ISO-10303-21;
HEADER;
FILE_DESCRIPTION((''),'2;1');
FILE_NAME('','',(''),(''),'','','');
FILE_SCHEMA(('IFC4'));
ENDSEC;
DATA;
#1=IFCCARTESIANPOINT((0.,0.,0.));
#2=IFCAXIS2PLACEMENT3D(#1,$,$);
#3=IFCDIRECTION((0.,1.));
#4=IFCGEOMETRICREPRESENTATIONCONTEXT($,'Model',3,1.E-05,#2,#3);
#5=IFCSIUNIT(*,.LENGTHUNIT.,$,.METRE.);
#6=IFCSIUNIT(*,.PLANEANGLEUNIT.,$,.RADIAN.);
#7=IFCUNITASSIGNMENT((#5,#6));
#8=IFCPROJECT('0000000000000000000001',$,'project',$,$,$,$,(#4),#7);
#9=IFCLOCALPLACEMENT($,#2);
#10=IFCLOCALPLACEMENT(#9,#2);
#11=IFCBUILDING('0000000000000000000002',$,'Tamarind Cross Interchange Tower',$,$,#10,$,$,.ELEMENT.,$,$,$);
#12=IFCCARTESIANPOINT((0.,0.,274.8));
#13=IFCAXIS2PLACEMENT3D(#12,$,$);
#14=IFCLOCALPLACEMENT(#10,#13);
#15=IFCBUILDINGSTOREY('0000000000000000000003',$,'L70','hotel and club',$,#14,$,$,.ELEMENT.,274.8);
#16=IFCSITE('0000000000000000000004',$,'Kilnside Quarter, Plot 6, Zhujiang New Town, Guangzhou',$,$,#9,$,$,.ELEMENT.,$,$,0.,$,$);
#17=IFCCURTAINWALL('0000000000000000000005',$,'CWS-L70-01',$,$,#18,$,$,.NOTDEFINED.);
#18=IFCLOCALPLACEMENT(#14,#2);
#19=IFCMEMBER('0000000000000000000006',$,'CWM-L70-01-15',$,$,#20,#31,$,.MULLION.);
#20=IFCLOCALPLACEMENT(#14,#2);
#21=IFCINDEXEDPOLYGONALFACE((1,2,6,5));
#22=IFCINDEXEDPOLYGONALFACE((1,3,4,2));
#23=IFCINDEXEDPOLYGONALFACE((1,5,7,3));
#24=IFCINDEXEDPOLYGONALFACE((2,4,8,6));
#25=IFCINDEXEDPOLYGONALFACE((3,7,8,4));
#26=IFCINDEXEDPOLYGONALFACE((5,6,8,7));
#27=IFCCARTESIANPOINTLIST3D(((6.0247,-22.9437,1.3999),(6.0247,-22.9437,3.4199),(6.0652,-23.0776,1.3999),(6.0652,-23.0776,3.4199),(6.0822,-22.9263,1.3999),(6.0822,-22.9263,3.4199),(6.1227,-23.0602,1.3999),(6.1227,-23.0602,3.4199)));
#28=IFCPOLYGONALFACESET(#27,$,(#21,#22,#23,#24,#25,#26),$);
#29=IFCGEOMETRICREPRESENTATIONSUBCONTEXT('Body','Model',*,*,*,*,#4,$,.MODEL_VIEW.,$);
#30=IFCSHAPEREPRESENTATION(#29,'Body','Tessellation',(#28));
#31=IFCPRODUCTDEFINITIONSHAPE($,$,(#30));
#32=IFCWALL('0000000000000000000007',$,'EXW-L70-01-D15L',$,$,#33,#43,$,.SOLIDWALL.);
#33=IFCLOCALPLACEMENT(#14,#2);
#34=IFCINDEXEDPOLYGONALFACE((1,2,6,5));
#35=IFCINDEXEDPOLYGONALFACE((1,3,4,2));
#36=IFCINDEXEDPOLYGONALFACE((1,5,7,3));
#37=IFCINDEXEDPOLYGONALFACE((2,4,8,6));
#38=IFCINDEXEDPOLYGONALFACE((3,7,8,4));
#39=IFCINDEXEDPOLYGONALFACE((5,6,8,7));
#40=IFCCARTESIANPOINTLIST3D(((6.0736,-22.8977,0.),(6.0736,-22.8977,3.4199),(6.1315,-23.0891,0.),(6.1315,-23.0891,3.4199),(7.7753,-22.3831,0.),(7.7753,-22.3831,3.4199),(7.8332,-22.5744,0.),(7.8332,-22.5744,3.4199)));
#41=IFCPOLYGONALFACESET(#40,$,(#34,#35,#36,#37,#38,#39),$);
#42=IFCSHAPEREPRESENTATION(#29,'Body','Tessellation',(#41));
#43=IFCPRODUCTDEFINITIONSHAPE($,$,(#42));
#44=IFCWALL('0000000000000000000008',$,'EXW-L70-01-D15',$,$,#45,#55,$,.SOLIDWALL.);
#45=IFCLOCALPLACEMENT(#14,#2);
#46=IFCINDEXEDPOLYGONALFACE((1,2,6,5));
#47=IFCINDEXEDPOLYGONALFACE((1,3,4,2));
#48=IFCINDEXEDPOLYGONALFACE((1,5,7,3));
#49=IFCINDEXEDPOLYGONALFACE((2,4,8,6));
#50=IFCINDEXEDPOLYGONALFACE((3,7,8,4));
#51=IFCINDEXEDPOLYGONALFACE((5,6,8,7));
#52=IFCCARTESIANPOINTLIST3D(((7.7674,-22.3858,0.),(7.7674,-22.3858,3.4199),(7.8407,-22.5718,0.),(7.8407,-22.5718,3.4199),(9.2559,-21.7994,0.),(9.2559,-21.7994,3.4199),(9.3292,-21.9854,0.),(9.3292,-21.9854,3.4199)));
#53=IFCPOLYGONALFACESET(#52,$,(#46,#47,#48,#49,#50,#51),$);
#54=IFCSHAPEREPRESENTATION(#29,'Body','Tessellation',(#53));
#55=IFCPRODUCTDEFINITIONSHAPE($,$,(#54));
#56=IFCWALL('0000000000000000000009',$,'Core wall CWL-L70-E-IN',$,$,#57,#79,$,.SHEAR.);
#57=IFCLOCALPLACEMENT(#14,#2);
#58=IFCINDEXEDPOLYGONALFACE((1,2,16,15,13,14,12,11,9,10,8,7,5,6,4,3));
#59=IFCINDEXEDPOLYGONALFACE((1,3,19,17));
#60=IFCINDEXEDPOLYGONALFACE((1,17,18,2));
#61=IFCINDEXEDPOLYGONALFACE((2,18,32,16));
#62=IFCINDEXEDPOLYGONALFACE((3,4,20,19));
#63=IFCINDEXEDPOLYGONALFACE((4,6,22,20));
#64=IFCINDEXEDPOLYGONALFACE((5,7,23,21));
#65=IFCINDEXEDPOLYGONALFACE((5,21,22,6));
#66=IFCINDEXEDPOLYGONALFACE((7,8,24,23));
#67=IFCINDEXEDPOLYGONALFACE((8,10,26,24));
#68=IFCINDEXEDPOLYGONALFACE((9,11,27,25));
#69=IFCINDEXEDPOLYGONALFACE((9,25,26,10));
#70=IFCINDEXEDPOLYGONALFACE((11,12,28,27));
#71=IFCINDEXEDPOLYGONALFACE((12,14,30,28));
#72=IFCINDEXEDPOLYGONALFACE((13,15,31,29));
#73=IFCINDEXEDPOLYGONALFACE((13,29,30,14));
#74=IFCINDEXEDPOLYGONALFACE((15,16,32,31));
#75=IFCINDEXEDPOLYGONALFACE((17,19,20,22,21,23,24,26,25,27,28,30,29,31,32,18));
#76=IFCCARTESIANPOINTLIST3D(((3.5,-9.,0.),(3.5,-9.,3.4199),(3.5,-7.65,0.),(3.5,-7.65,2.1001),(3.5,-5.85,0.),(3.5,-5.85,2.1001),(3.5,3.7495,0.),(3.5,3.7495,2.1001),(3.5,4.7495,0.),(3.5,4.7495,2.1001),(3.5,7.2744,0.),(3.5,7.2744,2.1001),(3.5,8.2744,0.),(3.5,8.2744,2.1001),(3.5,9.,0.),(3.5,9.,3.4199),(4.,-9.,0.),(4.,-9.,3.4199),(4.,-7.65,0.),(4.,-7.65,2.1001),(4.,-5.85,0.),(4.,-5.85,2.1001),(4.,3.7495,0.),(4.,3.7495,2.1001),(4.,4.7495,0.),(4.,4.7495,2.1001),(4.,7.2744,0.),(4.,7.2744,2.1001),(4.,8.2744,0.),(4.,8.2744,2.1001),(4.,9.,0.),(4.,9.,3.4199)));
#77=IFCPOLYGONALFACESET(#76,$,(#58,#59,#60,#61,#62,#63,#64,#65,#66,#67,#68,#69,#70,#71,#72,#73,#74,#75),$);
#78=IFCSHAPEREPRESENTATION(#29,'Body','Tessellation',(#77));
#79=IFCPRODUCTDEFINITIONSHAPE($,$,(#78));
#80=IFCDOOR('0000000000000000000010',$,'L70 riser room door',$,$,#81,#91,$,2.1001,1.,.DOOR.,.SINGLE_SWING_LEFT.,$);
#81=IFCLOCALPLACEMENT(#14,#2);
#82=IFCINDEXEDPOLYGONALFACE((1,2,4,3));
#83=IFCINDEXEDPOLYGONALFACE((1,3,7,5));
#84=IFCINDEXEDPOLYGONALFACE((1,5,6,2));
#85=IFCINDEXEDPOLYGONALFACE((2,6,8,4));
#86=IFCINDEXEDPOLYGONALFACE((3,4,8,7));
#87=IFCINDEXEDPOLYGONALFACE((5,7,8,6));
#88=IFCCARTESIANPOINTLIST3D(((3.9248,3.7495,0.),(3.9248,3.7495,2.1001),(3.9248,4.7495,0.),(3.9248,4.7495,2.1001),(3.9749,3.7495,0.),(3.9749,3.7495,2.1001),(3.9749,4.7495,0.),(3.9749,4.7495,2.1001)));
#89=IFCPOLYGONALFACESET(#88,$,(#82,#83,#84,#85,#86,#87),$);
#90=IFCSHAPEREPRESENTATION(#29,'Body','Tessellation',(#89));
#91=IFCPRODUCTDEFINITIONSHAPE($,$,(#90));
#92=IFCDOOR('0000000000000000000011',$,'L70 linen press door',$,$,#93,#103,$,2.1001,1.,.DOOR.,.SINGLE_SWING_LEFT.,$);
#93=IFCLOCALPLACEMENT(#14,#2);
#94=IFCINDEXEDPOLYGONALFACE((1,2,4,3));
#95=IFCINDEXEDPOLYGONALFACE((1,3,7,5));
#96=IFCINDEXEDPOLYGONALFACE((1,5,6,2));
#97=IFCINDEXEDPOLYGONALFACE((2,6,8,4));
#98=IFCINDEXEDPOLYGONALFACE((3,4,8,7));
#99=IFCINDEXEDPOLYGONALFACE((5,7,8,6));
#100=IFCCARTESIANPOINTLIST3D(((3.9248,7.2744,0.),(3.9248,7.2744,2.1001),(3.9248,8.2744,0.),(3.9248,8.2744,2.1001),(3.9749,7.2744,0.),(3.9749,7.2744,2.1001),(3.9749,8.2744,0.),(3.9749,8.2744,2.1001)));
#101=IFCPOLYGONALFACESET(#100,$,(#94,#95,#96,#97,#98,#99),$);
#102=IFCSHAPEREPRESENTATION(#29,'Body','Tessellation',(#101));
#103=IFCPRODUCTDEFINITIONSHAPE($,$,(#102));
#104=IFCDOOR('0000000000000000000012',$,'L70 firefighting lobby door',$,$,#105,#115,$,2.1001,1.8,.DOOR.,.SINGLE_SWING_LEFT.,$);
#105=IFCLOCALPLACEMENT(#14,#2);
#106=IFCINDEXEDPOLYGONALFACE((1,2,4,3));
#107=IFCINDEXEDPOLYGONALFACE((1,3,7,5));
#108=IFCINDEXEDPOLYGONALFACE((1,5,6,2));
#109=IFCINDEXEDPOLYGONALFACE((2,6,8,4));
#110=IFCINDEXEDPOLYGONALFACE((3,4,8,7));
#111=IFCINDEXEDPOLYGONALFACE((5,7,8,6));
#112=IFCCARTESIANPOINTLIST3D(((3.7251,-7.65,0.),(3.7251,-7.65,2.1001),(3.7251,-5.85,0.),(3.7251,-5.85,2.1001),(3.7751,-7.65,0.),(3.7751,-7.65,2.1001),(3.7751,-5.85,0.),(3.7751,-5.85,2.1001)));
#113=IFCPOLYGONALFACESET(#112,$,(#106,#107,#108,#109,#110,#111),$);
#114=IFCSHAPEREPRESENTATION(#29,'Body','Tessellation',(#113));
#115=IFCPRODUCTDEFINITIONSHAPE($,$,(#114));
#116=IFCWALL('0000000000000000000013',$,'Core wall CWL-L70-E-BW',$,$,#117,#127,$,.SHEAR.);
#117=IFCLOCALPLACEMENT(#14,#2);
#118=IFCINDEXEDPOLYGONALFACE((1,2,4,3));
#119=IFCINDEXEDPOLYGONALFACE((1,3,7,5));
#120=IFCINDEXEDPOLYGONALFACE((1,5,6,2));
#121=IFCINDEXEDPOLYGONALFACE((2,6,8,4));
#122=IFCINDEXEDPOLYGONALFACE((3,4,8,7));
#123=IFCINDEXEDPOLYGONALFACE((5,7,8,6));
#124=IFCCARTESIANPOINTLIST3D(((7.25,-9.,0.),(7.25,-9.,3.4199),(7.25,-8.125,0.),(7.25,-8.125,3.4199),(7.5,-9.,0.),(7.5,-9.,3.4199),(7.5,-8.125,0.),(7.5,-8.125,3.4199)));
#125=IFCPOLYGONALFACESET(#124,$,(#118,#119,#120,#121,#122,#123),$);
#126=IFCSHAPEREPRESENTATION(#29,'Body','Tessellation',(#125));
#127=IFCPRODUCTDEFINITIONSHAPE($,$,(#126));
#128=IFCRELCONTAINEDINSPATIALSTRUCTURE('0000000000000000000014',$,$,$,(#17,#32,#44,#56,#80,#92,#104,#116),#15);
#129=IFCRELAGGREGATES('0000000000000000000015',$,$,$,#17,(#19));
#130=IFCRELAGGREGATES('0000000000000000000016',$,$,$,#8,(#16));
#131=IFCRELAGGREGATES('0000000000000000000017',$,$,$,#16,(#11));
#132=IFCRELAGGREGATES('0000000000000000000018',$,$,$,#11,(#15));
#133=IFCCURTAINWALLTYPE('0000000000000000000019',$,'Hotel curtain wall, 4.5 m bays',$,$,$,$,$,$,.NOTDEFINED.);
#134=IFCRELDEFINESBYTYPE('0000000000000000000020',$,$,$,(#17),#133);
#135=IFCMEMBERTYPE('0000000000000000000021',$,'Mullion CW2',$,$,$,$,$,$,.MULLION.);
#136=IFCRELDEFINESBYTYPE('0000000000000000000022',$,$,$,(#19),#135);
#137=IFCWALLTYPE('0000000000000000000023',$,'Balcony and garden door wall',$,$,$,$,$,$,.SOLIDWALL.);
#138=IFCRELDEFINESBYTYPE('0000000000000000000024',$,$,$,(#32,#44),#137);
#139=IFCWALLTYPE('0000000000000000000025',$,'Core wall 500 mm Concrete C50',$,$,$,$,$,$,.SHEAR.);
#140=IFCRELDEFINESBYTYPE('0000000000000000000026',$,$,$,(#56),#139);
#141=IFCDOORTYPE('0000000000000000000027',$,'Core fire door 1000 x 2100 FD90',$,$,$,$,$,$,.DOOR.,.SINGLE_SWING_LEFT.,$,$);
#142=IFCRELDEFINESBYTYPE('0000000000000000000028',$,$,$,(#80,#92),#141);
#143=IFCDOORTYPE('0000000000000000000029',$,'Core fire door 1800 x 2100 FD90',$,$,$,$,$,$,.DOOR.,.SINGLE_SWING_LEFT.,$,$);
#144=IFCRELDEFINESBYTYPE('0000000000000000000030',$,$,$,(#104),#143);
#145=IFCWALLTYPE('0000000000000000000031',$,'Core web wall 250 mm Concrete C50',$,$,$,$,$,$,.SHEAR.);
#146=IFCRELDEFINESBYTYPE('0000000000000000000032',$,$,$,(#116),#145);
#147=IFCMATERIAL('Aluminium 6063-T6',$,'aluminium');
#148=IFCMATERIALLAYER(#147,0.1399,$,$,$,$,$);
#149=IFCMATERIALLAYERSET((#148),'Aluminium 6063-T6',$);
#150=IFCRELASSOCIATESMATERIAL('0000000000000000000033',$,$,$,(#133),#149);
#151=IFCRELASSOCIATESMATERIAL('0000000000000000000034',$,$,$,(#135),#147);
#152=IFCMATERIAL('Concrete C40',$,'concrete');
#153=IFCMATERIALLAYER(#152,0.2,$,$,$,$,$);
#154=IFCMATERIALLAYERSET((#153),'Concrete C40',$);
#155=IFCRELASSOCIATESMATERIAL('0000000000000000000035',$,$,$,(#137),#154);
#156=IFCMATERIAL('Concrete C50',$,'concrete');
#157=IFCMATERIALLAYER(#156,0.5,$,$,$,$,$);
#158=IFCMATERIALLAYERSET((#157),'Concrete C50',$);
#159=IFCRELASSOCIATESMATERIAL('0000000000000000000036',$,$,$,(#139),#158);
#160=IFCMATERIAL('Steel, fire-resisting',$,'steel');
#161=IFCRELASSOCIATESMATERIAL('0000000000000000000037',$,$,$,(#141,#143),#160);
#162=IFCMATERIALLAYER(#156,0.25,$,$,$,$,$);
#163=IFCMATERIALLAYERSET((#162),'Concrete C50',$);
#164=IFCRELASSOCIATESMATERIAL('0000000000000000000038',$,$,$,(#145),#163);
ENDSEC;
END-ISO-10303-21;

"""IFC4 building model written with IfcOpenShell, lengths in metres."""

from ifc_helpers import new_model, si_unit, direction, frame, frame_2d, origin, origin_2d, place, context, subcontext, project, spatial, rectangle, extrude, material, layer, layer_set, material_profile, profile_set, type_object, element, fill, aggregate, save


model = new_model("IFC4")

# Units and contexts
model_context = context("Model", 3, precision=1e-05, world=origin(), true_north=direction((0.0, 1.0)))
body_context = subcontext(model_context, "Body", "Model", "MODEL_VIEW")
ifc_project = project(units=[si_unit("LENGTHUNIT", "METRE"), si_unit("PLANEANGLEUNIT", "RADIAN")], contexts=[model_context])

# Site, building, storey
site_placement = place(None, origin())
site = spatial("IfcSite", under=ifc_project, at=site_placement, Name="Kilnside Quarter, Plot 6, Zhujiang New Town, Guangzhou", CompositionType="ELEMENT", RefElevation=0.0)
building_placement = place(site_placement, origin())
building = spatial("IfcBuilding", under=site, at=building_placement, Name="Tamarind Cross Interchange Tower", CompositionType="ELEMENT")
storey_placement = place(building_placement, frame((0.0, 0.0, 274.8)))
storey = spatial("IfcBuildingStorey", under=building, at=storey_placement, Name="L70", Description="hotel and club", CompositionType="ELEMENT", Elevation=274.8)

# Curtain wall, member
ifc_material_1 = material(Name="Aluminium 6063-T6", Category="aluminium")
ifc_layer_1 = layer(ifc_material_1, 0.1399)
ifc_layer_set_1 = layer_set([ifc_layer_1], Name="Aluminium 6063-T6")
curtain_wall_type = type_object("IfcCurtainWallType", Name="Hotel curtain wall, 4.5 m bays", PredefinedType="NOTDEFINED", material=ifc_layer_set_1)
curtain_wall_placement = place(storey_placement, origin())
curtain_wall = element("IfcCurtainWall", 1, at=curtain_wall_placement, inside=storey, type_object=curtain_wall_type, Name="CWS-L70-01", PredefinedType="NOTDEFINED")
ifc_material_profile_1 = material_profile(ifc_material_1, rectangle(XDim=0.0601, YDim=0.1399, at=origin_2d()), Name="Mullion CW2")
ifc_profile_set_1 = profile_set([ifc_material_profile_1], Name="Aluminium 6063-T6")
member_type = type_object("IfcMemberType", Name="Mullion CW2", PredefinedType="MULLION", material=ifc_profile_set_1)
member_1_placement = place(storey_placement, frame((6.0737, -23.002, 1.3999), z_axis=(0.0, 0.0, 1.0), x_axis=(0.957191, 0.289458, 0.0)))
member_1 = element("IfcMember", 2, at=member_1_placement, type_object=member_type, Name="CWM-L70-01-15", PredefinedType="MULLION", context=body_context, shape_type="SweptSolid", body=[
    extrude(rectangle(XDim=0.0601, YDim=0.1399, at=origin_2d()), origin(), (0.0, 0.0, 1.0), 2.02),
])
aggregate(curtain_wall, [member_1])

# Wall
ifc_material_2 = material(Name="Concrete C40", Category="concrete")
ifc_layer_2 = layer(ifc_material_2, 0.2)
ifc_layer_set_2 = layer_set([ifc_layer_2], Name="Concrete C40")
wall_type_1 = type_object("IfcWallType", Name="Balcony and garden door wall", PredefinedType="SOLIDWALL", material=ifc_layer_set_2)
wall_1_placement = place(storey_placement, frame((6.1025, -22.9934, 0.0), z_axis=(0.0, 0.0, 1.0), x_axis=(0.957181, 0.289489, 0.0)))
element("IfcWall", 3, at=wall_1_placement, inside=storey, type_object=wall_type_1, Name="EXW-L70-01-D15L", PredefinedType="SOLIDWALL", context=body_context, shape_type="SweptSolid", body=[
    extrude(rectangle(XDim=1.7778, YDim=0.2, at=frame_2d((0.8889, 0.0))), origin(), (0.0, 0.0, 1.0), 3.4199),
])

# Wall
wall_2_placement = place(storey_placement, frame((7.8042, -22.4788, 0.0), z_axis=(0.0, 0.0, 1.0), x_axis=(0.930401, 0.366545, 0.0)))
element("IfcWall", 4, at=wall_2_placement, inside=storey, type_object=wall_type_1, Name="EXW-L70-01-D15", PredefinedType="SOLIDWALL", context=body_context, shape_type="SweptSolid", body=[
    extrude(rectangle(XDim=1.5999, YDim=0.2, at=frame_2d((0.7998, 0.0))), origin(), (0.0, 0.0, 1.0), 3.4199),
])

# Wall, openings, doors
ifc_material_3 = material(Name="Concrete C50", Category="concrete")
ifc_layer_3 = layer(ifc_material_3, 0.5)
ifc_layer_set_3 = layer_set([ifc_layer_3], Name="Concrete C50")
wall_type_2 = type_object("IfcWallType", Name="Core wall 500 mm Concrete C50", PredefinedType="SHEAR", material=ifc_layer_set_3)
wall_3_placement = place(storey_placement, frame((3.75, -9.0, 0.0), z_axis=(0.0, 0.0, 1.0), x_axis=(0.0, 1.0, 0.0)))
wall_3 = element("IfcWall", 5, at=wall_3_placement, inside=storey, type_object=wall_type_2, Name="Core wall CWL-L70-E-IN", PredefinedType="SHEAR", context=body_context, shape_type="SweptSolid", body=[
    extrude(rectangle(XDim=18.0, YDim=0.5, at=frame_2d((9.0, 0.0))), origin(), (0.0, 0.0, 1.0), 3.4199),
])
opening_1_placement = place(wall_3_placement, frame((1.3501, 0.0, 0.0)))
opening_1 = element("IfcOpeningElement", 6, at=opening_1_placement, cuts=wall_3, PredefinedType="OPENING", context=body_context, shape_type="SweptSolid", body=[
    extrude(rectangle(XDim=1.8, YDim=2.1001, at=frame_2d((0.8999, 1.05))), frame((0.0, 0.26, 0.0), z_axis=(0.0, -1.0, 0.0), x_axis=(1.0, 0.0, 0.0)), (0.0, 0.0, 1.0), 0.52),
])
opening_2_placement = place(wall_3_placement, frame((12.7495, 0.0, 0.0)))
opening_2 = element("IfcOpeningElement", 7, at=opening_2_placement, cuts=wall_3, PredefinedType="OPENING", context=body_context, shape_type="SweptSolid", body=[
    extrude(rectangle(XDim=1.0, YDim=2.1001, at=frame_2d((0.5, 1.05))), frame((0.0, 0.26, 0.0), z_axis=(0.0, -1.0, 0.0), x_axis=(1.0, 0.0, 0.0)), (0.0, 0.0, 1.0), 0.52),
])
opening_3_placement = place(wall_3_placement, frame((16.2744, 0.0, 0.0)))
opening_3 = element("IfcOpeningElement", 8, at=opening_3_placement, cuts=wall_3, PredefinedType="OPENING", context=body_context, shape_type="SweptSolid", body=[
    extrude(rectangle(XDim=1.0, YDim=2.1001, at=frame_2d((0.5, 1.05))), frame((0.0, 0.26, 0.0), z_axis=(0.0, -1.0, 0.0), x_axis=(1.0, 0.0, 0.0)), (0.0, 0.0, 1.0), 0.52),
])
ifc_material_4 = material(Name="Steel, fire-resisting", Category="steel")
door_type_1 = type_object("IfcDoorType", Name="Core fire door 1000 x 2100 FD90", OperationType="SINGLE_SWING_LEFT", PredefinedType="DOOR", material=ifc_material_4)
door_1_placement = place(opening_2_placement, origin())
door_1 = element("IfcDoor", 9, at=door_1_placement, inside=storey, type_object=door_type_1, Name="L70 riser room door", OperationType="SINGLE_SWING_LEFT", OverallHeight=2.1001, OverallWidth=1.0, PredefinedType="DOOR", context=body_context, shape_type="SweptSolid", body=[
    extrude(rectangle(XDim=1.0, YDim=2.1001, at=frame_2d((0.5, 1.05))), frame((0.0, -0.1748, 0.0), z_axis=(0.0, -1.0, 0.0), x_axis=(1.0, 0.0, 0.0)), (0.0, 0.0, 1.0), 0.05),
])
fill(opening_2, door_1)
door_2_placement = place(opening_3_placement, origin())
door_2 = element("IfcDoor", 10, at=door_2_placement, inside=storey, type_object=door_type_1, Name="L70 linen press door", OperationType="SINGLE_SWING_LEFT", OverallHeight=2.1001, OverallWidth=1.0, PredefinedType="DOOR", context=body_context, shape_type="SweptSolid", body=[
    extrude(rectangle(XDim=1.0, YDim=2.1001, at=frame_2d((0.5, 1.05))), frame((0.0, -0.1748, 0.0), z_axis=(0.0, -1.0, 0.0), x_axis=(1.0, 0.0, 0.0)), (0.0, 0.0, 1.0), 0.05),
])
fill(opening_3, door_2)
door_type_2 = type_object("IfcDoorType", Name="Core fire door 1800 x 2100 FD90", OperationType="SINGLE_SWING_LEFT", PredefinedType="DOOR", material=ifc_material_4)
door_3_placement = place(opening_1_placement, origin())
door_3 = element("IfcDoor", 11, at=door_3_placement, inside=storey, type_object=door_type_2, Name="L70 firefighting lobby door", OperationType="SINGLE_SWING_LEFT", OverallHeight=2.1001, OverallWidth=1.8, PredefinedType="DOOR", context=body_context, shape_type="SweptSolid", body=[
    extrude(rectangle(XDim=1.8, YDim=2.1001, at=frame_2d((0.8999, 1.05))), frame((0.0, 0.0249, 0.0), z_axis=(0.0, -1.0, 0.0), x_axis=(1.0, 0.0, 0.0)), (0.0, 0.0, 1.0), 0.05),
])
fill(opening_1, door_3)

# Wall
ifc_layer_4 = layer(ifc_material_3, 0.25)
ifc_layer_set_4 = layer_set([ifc_layer_4], Name="Concrete C50")
wall_type_3 = type_object("IfcWallType", Name="Core web wall 250 mm Concrete C50", PredefinedType="SHEAR", material=ifc_layer_set_4)
wall_4_placement = place(storey_placement, frame((7.375, -9.0, 0.0), z_axis=(0.0, 0.0, 1.0), x_axis=(0.0, 1.0, 0.0)))
element("IfcWall", 12, at=wall_4_placement, inside=storey, type_object=wall_type_3, Name="Core wall CWL-L70-E-BW", PredefinedType="SHEAR", context=body_context, shape_type="SweptSolid", body=[
    extrude(rectangle(XDim=0.875, YDim=0.25, at=frame_2d((0.4375, 0.0))), origin(), (0.0, 0.0, 1.0), 3.4199),
])

save(model, "model.ifc")
